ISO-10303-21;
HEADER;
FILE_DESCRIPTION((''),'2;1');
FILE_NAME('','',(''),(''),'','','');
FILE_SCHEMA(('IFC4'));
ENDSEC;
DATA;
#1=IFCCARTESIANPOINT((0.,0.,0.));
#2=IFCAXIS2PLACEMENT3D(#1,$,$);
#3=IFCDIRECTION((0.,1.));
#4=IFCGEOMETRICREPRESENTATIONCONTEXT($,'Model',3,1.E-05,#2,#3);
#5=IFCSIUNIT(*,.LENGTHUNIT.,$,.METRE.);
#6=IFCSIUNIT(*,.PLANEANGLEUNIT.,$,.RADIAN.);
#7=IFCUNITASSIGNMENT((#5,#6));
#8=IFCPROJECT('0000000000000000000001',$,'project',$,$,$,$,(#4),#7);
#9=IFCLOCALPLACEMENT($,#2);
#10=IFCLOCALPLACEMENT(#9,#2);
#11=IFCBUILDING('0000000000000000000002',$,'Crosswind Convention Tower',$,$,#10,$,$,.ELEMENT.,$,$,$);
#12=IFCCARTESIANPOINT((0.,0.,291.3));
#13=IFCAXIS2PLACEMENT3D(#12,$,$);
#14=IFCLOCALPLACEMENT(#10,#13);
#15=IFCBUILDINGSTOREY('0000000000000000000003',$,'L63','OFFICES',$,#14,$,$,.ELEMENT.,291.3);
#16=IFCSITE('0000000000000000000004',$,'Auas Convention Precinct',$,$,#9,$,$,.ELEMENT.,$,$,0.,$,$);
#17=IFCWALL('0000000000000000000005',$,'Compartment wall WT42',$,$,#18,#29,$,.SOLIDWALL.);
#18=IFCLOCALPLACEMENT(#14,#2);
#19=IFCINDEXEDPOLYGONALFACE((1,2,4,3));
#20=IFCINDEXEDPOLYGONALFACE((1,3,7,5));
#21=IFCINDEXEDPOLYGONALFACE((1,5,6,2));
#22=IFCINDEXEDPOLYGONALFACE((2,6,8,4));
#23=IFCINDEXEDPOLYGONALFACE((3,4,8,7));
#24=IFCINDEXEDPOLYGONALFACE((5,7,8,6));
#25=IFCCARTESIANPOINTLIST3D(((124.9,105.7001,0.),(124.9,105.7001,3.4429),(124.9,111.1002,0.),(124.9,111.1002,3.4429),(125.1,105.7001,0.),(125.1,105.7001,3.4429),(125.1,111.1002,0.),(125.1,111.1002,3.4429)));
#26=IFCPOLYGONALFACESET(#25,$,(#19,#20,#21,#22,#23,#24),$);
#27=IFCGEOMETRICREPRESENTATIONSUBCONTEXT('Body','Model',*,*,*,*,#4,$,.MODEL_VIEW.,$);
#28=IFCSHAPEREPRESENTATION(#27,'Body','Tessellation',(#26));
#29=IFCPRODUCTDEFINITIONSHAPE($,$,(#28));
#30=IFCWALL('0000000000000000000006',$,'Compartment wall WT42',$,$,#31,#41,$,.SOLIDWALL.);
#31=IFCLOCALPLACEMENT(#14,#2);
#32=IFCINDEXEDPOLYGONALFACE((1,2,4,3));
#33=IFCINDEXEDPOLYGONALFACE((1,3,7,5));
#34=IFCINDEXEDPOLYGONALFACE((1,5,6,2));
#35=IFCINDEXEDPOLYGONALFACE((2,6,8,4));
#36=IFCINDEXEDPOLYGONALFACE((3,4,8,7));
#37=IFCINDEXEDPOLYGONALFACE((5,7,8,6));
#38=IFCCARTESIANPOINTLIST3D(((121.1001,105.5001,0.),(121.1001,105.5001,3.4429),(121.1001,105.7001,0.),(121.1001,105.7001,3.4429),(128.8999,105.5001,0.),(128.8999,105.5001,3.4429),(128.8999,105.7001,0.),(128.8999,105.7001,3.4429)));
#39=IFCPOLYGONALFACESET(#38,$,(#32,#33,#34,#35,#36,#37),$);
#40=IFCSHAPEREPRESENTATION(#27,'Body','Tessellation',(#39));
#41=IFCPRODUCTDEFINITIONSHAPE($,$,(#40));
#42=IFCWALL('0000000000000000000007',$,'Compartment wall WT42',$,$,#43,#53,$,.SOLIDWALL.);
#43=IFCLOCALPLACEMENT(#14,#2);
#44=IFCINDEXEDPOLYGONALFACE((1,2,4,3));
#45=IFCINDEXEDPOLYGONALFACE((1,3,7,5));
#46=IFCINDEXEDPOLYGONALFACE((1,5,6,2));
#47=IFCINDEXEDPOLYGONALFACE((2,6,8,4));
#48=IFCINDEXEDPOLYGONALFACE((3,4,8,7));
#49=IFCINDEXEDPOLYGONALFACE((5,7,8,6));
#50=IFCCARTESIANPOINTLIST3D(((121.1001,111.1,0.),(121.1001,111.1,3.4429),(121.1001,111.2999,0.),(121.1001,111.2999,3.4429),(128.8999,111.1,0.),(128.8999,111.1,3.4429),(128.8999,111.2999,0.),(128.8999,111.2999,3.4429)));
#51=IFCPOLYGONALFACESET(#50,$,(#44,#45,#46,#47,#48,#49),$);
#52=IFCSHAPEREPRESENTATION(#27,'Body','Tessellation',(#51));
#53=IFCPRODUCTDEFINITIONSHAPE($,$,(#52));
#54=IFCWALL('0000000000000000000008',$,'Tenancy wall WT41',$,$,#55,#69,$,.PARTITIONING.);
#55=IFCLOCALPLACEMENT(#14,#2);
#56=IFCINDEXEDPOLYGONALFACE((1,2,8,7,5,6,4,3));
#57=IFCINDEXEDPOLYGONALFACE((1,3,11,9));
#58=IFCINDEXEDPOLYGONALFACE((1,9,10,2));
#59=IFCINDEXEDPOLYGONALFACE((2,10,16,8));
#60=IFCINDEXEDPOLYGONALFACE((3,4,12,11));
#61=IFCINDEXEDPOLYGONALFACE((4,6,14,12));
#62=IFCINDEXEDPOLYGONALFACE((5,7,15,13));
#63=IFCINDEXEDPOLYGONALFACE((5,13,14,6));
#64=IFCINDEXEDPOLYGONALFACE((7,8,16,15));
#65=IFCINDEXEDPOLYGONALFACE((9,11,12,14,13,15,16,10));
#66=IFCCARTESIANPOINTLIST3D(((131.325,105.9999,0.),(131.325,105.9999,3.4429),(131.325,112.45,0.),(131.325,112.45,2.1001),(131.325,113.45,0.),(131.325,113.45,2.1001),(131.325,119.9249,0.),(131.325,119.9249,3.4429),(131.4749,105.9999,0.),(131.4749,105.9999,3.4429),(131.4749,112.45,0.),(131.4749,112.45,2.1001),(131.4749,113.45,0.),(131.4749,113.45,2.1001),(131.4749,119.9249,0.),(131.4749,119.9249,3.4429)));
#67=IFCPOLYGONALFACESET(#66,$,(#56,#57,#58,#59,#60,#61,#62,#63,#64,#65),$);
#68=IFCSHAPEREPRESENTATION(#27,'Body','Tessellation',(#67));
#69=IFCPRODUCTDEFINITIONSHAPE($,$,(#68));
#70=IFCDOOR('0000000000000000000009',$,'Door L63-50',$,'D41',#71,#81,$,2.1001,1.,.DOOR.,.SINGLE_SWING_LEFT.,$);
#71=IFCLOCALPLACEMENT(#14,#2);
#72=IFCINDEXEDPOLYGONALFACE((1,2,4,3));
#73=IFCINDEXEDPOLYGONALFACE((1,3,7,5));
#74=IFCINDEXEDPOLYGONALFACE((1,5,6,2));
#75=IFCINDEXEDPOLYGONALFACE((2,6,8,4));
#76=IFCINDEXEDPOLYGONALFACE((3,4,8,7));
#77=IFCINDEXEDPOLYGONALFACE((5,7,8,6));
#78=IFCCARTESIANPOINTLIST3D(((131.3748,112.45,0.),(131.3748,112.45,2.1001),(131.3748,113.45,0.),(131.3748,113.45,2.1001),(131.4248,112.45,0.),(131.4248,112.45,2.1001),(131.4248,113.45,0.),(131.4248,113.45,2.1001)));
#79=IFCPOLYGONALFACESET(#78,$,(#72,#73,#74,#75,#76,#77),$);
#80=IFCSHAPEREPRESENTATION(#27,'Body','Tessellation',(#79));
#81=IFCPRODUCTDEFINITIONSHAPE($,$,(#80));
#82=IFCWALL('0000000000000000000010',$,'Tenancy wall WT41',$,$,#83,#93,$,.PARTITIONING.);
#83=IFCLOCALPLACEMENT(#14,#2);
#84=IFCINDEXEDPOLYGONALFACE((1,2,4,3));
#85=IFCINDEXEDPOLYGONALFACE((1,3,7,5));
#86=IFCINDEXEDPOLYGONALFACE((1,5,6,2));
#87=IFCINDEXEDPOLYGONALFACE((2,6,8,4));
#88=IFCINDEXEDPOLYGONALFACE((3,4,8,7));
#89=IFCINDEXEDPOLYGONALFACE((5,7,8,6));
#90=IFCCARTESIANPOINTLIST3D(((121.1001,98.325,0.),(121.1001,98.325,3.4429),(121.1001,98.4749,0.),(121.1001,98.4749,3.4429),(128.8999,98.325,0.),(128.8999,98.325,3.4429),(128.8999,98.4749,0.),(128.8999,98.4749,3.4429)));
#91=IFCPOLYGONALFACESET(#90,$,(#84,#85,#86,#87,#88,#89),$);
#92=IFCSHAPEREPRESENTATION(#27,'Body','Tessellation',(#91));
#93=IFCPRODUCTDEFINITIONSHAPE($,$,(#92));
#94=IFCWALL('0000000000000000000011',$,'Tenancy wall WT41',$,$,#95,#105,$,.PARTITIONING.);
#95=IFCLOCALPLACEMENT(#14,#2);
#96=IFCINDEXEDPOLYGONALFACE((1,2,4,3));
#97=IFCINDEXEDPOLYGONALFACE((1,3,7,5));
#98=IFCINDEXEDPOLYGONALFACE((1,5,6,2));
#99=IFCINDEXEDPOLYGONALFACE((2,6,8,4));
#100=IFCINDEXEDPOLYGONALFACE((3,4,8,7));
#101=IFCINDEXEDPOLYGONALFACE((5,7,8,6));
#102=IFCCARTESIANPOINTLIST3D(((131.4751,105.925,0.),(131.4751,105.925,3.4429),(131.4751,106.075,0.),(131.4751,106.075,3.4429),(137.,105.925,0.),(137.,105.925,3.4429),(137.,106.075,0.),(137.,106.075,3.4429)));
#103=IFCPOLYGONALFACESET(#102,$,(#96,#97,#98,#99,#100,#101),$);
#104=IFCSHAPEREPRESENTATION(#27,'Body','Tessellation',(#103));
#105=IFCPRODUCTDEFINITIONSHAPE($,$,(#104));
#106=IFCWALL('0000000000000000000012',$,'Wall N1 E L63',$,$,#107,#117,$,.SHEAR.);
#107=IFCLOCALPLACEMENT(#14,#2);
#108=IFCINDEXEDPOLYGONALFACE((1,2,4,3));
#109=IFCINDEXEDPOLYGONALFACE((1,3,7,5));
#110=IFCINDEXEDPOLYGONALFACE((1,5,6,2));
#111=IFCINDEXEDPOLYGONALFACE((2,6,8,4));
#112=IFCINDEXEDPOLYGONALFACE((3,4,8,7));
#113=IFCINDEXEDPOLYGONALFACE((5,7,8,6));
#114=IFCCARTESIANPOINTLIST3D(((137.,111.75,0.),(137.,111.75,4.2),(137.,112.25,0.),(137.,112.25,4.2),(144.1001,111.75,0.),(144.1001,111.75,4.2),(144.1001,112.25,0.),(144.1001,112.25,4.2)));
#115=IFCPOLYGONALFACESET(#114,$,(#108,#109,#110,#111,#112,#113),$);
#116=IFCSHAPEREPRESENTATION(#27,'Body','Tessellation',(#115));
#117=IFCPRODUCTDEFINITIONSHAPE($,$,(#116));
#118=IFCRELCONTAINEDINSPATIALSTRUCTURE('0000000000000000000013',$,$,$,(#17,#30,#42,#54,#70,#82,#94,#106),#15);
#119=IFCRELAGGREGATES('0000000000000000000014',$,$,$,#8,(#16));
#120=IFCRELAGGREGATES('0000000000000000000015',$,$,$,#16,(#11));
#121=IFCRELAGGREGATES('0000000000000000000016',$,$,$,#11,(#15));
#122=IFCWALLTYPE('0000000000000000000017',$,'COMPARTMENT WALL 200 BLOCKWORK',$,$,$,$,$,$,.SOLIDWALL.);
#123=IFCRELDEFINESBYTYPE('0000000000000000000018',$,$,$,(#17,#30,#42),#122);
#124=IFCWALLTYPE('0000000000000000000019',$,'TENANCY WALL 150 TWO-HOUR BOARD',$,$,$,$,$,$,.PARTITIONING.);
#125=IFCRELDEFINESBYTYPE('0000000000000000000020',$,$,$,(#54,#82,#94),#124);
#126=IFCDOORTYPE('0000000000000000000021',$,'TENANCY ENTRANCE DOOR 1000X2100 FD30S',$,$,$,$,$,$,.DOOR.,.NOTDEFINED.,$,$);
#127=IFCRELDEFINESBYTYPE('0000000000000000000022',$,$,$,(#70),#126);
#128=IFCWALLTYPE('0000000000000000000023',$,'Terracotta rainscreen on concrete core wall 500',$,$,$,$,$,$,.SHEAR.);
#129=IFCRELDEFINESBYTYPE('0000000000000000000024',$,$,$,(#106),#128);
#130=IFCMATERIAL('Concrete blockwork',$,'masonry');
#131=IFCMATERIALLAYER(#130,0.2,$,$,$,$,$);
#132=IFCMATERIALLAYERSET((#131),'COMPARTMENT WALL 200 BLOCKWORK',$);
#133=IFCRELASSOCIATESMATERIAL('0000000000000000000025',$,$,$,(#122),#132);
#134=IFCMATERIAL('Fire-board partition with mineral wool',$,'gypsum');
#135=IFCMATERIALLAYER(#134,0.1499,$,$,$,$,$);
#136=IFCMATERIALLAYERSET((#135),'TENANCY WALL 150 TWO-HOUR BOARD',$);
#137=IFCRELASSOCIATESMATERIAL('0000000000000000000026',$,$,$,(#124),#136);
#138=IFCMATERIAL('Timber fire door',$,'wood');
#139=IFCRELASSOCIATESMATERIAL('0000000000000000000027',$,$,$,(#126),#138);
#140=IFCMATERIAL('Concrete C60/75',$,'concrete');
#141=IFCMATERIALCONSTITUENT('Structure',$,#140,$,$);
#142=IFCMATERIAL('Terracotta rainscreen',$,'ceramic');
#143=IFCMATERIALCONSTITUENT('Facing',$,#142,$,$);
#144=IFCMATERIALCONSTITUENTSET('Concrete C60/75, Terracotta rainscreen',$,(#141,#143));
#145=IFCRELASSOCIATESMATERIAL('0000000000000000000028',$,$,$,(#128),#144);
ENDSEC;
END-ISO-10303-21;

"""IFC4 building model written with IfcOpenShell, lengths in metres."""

from ifc_helpers import new_model, si_unit, direction, frame, frame_2d, origin, place, context, subcontext, project, spatial, rectangle, extrude, material, layer, layer_set, constituent, constituent_set, type_object, element, fill, save


model = new_model("IFC4")

# Units and contexts
model_context = context("Model", 3, precision=1e-05, world=origin(), true_north=direction((0.0, 1.0)))
body_context = subcontext(model_context, "Body", "Model", "MODEL_VIEW")
ifc_project = project(units=[si_unit("LENGTHUNIT", "METRE"), si_unit("PLANEANGLEUNIT", "RADIAN")], contexts=[model_context])

# Site, building, storey
site_placement = place(None, origin())
site = spatial("IfcSite", under=ifc_project, at=site_placement, Name="Auas Convention Precinct", CompositionType="ELEMENT", RefElevation=0.0)
building_placement = place(site_placement, origin())
building = spatial("IfcBuilding", under=site, at=building_placement, Name="Crosswind Convention Tower", CompositionType="ELEMENT")
storey_placement = place(building_placement, frame((0.0, 0.0, 291.3)))
storey = spatial("IfcBuildingStorey", under=building, at=storey_placement, Name="L63", Description="OFFICES", CompositionType="ELEMENT", Elevation=291.3)

# Shared definitions
ifc_material_1 = material(Name="Concrete C60/75", Category="concrete")

# Walls
ifc_material_2 = material(Name="Concrete blockwork", Category="masonry")
ifc_layer_1 = layer(ifc_material_2, 0.2)
ifc_layer_set_1 = layer_set([ifc_layer_1], Name="COMPARTMENT WALL 200 BLOCKWORK")
wall_type_1 = type_object("IfcWallType", Name="COMPARTMENT WALL 200 BLOCKWORK", PredefinedType="SOLIDWALL", material=ifc_layer_set_1)
wall_1_placement = place(storey_placement, frame((125.0, 105.7, 0.0), z_axis=(0.0, 0.0, 1.0), x_axis=(0.0, 1.0, 0.0)))
element("IfcWall", 1, at=wall_1_placement, inside=storey, type_object=wall_type_1, Name="Compartment wall WT42", PredefinedType="SOLIDWALL", context=body_context, shape_type="SweptSolid", body=[
    extrude(rectangle(XDim=5.4001, YDim=0.2, at=frame_2d((2.7002, 0.0))), origin(), (0.0, 0.0, 1.0), 3.4429),
])
for number, where, z_axis, x_axis, name in (
    (2, (121.1001, 105.6001, 0.0), (0.0, 0.0, 1.0), (1.0, 0.0, 0.0), "Compartment wall WT42"),
    (3, (121.1001, 111.2, 0.0), (0.0, 0.0, 1.0), (1.0, 0.0, 0.0), "Compartment wall WT42"),
):
    element("IfcWall", number, at=place(storey_placement, frame(where, z_axis=z_axis, x_axis=x_axis)), inside=storey, type_object=wall_type_1, Name=name, PredefinedType="SOLIDWALL", context=body_context, shape_type="SweptSolid", body=[
        extrude(rectangle(XDim=7.7998, YDim=0.2, at=frame_2d((3.8999, 0.0))), origin(), (0.0, 0.0, 1.0), 3.4429),
    ])

# Wall, opening, door
ifc_material_3 = material(Name="Fire-board partition with mineral wool", Category="gypsum")
ifc_layer_2 = layer(ifc_material_3, 0.1499)
ifc_layer_set_2 = layer_set([ifc_layer_2], Name="TENANCY WALL 150 TWO-HOUR BOARD")
wall_type_2 = type_object("IfcWallType", Name="TENANCY WALL 150 TWO-HOUR BOARD", PredefinedType="PARTITIONING", material=ifc_layer_set_2)
wall_2_placement = place(storey_placement, frame((131.3999, 106.0, 0.0), z_axis=(0.0, 0.0, 1.0), x_axis=(0.0, 1.0, 0.0)))
wall_2 = element("IfcWall", 4, at=wall_2_placement, inside=storey, type_object=wall_type_2, Name="Tenancy wall WT41", PredefinedType="PARTITIONING", context=body_context, shape_type="SweptSolid", body=[
    extrude(rectangle(XDim=13.925, YDim=0.1499, at=frame_2d((6.9624, 0.0))), origin(), (0.0, 0.0, 1.0), 3.4429),
])
opening_placement = place(wall_2_placement, frame((6.45, 0.0, 0.0)))
opening = element("IfcOpeningElement", 5, at=opening_placement, cuts=wall_2, PredefinedType="OPENING", context=body_context, shape_type="SweptSolid", body=[
    extrude(rectangle(XDim=1.0, YDim=2.1001, at=frame_2d((0.5, 1.05))), frame((0.0, 0.085, 0.0), z_axis=(0.0, -1.0, 0.0), x_axis=(1.0, 0.0, 0.0)), (0.0, 0.0, 1.0), 0.1699),
])
ifc_material_4 = material(Name="Timber fire door", Category="wood")
door_type = type_object("IfcDoorType", Name="TENANCY ENTRANCE DOOR 1000X2100 FD30S", OperationType="NOTDEFINED", PredefinedType="DOOR", material=ifc_material_4)
door_placement = place(opening_placement, frame((1.0, 0.0, 0.0), z_axis=(0.0, 0.0, 1.0), x_axis=(-1.0, 0.0, 0.0)))
door = element("IfcDoor", 6, at=door_placement, inside=storey, type_object=door_type, Name="Door L63-50", ObjectType="D41", OperationType="SINGLE_SWING_LEFT", OverallHeight=2.1001, OverallWidth=1.0, PredefinedType="DOOR", context=body_context, shape_type="SweptSolid", body=[
    extrude(rectangle(XDim=1.0, YDim=2.1001, at=frame_2d((0.5, 1.05))), frame((0.0, 0.0249, 0.0), z_axis=(0.0, -1.0, 0.0), x_axis=(1.0, 0.0, 0.0)), (0.0, 0.0, 1.0), 0.05),
])
fill(opening, door)

# Walls
wall_3_placement = place(storey_placement, frame((121.1001, 98.3999, 0.0), z_axis=(0.0, 0.0, 1.0), x_axis=(1.0, 0.0, 0.0)))
element("IfcWall", 7, at=wall_3_placement, inside=storey, type_object=wall_type_2, Name="Tenancy wall WT41", PredefinedType="PARTITIONING", context=body_context, shape_type="SweptSolid", body=[
    extrude(rectangle(XDim=7.7998, YDim=0.1499, at=frame_2d((3.8999, 0.0))), origin(), (0.0, 0.0, 1.0), 3.4429),
])
wall_4_placement = place(storey_placement, frame((131.4751, 106.0, 0.0), z_axis=(0.0, 0.0, 1.0), x_axis=(1.0, 0.0, 0.0)))
element("IfcWall", 8, at=wall_4_placement, inside=storey, type_object=wall_type_2, Name="Tenancy wall WT41", PredefinedType="PARTITIONING", context=body_context, shape_type="SweptSolid", body=[
    extrude(rectangle(XDim=5.5249, YDim=0.1499, at=frame_2d((2.7625, 0.0))), origin(), (0.0, 0.0, 1.0), 3.4429),
])
ifc_constituent_1 = constituent(ifc_material_1, Name="Structure")
ifc_material_5 = material(Name="Terracotta rainscreen", Category="ceramic")
ifc_constituent_2 = constituent(ifc_material_5, Name="Facing")
ifc_constituent_set = constituent_set(constituents=[ifc_constituent_1, ifc_constituent_2], Name="Concrete C60/75, Terracotta rainscreen")
wall_type_3 = type_object("IfcWallType", Name="Terracotta rainscreen on concrete core wall 500", PredefinedType="SHEAR", material=ifc_constituent_set)
wall_5_placement = place(storey_placement, frame((137.0, 112.0, 0.0), z_axis=(0.0, 0.0, 1.0), x_axis=(1.0, 0.0, 0.0)))
element("IfcWall", 9, at=wall_5_placement, inside=storey, type_object=wall_type_3, Name="Wall N1 E L63", PredefinedType="SHEAR", context=body_context, shape_type="SweptSolid", body=[
    extrude(rectangle(XDim=7.1001, YDim=0.5, at=frame_2d((3.55, 0.0))), origin(), (0.0, 0.0, 1.0), 4.2),
])

save(model, "model.ifc")
